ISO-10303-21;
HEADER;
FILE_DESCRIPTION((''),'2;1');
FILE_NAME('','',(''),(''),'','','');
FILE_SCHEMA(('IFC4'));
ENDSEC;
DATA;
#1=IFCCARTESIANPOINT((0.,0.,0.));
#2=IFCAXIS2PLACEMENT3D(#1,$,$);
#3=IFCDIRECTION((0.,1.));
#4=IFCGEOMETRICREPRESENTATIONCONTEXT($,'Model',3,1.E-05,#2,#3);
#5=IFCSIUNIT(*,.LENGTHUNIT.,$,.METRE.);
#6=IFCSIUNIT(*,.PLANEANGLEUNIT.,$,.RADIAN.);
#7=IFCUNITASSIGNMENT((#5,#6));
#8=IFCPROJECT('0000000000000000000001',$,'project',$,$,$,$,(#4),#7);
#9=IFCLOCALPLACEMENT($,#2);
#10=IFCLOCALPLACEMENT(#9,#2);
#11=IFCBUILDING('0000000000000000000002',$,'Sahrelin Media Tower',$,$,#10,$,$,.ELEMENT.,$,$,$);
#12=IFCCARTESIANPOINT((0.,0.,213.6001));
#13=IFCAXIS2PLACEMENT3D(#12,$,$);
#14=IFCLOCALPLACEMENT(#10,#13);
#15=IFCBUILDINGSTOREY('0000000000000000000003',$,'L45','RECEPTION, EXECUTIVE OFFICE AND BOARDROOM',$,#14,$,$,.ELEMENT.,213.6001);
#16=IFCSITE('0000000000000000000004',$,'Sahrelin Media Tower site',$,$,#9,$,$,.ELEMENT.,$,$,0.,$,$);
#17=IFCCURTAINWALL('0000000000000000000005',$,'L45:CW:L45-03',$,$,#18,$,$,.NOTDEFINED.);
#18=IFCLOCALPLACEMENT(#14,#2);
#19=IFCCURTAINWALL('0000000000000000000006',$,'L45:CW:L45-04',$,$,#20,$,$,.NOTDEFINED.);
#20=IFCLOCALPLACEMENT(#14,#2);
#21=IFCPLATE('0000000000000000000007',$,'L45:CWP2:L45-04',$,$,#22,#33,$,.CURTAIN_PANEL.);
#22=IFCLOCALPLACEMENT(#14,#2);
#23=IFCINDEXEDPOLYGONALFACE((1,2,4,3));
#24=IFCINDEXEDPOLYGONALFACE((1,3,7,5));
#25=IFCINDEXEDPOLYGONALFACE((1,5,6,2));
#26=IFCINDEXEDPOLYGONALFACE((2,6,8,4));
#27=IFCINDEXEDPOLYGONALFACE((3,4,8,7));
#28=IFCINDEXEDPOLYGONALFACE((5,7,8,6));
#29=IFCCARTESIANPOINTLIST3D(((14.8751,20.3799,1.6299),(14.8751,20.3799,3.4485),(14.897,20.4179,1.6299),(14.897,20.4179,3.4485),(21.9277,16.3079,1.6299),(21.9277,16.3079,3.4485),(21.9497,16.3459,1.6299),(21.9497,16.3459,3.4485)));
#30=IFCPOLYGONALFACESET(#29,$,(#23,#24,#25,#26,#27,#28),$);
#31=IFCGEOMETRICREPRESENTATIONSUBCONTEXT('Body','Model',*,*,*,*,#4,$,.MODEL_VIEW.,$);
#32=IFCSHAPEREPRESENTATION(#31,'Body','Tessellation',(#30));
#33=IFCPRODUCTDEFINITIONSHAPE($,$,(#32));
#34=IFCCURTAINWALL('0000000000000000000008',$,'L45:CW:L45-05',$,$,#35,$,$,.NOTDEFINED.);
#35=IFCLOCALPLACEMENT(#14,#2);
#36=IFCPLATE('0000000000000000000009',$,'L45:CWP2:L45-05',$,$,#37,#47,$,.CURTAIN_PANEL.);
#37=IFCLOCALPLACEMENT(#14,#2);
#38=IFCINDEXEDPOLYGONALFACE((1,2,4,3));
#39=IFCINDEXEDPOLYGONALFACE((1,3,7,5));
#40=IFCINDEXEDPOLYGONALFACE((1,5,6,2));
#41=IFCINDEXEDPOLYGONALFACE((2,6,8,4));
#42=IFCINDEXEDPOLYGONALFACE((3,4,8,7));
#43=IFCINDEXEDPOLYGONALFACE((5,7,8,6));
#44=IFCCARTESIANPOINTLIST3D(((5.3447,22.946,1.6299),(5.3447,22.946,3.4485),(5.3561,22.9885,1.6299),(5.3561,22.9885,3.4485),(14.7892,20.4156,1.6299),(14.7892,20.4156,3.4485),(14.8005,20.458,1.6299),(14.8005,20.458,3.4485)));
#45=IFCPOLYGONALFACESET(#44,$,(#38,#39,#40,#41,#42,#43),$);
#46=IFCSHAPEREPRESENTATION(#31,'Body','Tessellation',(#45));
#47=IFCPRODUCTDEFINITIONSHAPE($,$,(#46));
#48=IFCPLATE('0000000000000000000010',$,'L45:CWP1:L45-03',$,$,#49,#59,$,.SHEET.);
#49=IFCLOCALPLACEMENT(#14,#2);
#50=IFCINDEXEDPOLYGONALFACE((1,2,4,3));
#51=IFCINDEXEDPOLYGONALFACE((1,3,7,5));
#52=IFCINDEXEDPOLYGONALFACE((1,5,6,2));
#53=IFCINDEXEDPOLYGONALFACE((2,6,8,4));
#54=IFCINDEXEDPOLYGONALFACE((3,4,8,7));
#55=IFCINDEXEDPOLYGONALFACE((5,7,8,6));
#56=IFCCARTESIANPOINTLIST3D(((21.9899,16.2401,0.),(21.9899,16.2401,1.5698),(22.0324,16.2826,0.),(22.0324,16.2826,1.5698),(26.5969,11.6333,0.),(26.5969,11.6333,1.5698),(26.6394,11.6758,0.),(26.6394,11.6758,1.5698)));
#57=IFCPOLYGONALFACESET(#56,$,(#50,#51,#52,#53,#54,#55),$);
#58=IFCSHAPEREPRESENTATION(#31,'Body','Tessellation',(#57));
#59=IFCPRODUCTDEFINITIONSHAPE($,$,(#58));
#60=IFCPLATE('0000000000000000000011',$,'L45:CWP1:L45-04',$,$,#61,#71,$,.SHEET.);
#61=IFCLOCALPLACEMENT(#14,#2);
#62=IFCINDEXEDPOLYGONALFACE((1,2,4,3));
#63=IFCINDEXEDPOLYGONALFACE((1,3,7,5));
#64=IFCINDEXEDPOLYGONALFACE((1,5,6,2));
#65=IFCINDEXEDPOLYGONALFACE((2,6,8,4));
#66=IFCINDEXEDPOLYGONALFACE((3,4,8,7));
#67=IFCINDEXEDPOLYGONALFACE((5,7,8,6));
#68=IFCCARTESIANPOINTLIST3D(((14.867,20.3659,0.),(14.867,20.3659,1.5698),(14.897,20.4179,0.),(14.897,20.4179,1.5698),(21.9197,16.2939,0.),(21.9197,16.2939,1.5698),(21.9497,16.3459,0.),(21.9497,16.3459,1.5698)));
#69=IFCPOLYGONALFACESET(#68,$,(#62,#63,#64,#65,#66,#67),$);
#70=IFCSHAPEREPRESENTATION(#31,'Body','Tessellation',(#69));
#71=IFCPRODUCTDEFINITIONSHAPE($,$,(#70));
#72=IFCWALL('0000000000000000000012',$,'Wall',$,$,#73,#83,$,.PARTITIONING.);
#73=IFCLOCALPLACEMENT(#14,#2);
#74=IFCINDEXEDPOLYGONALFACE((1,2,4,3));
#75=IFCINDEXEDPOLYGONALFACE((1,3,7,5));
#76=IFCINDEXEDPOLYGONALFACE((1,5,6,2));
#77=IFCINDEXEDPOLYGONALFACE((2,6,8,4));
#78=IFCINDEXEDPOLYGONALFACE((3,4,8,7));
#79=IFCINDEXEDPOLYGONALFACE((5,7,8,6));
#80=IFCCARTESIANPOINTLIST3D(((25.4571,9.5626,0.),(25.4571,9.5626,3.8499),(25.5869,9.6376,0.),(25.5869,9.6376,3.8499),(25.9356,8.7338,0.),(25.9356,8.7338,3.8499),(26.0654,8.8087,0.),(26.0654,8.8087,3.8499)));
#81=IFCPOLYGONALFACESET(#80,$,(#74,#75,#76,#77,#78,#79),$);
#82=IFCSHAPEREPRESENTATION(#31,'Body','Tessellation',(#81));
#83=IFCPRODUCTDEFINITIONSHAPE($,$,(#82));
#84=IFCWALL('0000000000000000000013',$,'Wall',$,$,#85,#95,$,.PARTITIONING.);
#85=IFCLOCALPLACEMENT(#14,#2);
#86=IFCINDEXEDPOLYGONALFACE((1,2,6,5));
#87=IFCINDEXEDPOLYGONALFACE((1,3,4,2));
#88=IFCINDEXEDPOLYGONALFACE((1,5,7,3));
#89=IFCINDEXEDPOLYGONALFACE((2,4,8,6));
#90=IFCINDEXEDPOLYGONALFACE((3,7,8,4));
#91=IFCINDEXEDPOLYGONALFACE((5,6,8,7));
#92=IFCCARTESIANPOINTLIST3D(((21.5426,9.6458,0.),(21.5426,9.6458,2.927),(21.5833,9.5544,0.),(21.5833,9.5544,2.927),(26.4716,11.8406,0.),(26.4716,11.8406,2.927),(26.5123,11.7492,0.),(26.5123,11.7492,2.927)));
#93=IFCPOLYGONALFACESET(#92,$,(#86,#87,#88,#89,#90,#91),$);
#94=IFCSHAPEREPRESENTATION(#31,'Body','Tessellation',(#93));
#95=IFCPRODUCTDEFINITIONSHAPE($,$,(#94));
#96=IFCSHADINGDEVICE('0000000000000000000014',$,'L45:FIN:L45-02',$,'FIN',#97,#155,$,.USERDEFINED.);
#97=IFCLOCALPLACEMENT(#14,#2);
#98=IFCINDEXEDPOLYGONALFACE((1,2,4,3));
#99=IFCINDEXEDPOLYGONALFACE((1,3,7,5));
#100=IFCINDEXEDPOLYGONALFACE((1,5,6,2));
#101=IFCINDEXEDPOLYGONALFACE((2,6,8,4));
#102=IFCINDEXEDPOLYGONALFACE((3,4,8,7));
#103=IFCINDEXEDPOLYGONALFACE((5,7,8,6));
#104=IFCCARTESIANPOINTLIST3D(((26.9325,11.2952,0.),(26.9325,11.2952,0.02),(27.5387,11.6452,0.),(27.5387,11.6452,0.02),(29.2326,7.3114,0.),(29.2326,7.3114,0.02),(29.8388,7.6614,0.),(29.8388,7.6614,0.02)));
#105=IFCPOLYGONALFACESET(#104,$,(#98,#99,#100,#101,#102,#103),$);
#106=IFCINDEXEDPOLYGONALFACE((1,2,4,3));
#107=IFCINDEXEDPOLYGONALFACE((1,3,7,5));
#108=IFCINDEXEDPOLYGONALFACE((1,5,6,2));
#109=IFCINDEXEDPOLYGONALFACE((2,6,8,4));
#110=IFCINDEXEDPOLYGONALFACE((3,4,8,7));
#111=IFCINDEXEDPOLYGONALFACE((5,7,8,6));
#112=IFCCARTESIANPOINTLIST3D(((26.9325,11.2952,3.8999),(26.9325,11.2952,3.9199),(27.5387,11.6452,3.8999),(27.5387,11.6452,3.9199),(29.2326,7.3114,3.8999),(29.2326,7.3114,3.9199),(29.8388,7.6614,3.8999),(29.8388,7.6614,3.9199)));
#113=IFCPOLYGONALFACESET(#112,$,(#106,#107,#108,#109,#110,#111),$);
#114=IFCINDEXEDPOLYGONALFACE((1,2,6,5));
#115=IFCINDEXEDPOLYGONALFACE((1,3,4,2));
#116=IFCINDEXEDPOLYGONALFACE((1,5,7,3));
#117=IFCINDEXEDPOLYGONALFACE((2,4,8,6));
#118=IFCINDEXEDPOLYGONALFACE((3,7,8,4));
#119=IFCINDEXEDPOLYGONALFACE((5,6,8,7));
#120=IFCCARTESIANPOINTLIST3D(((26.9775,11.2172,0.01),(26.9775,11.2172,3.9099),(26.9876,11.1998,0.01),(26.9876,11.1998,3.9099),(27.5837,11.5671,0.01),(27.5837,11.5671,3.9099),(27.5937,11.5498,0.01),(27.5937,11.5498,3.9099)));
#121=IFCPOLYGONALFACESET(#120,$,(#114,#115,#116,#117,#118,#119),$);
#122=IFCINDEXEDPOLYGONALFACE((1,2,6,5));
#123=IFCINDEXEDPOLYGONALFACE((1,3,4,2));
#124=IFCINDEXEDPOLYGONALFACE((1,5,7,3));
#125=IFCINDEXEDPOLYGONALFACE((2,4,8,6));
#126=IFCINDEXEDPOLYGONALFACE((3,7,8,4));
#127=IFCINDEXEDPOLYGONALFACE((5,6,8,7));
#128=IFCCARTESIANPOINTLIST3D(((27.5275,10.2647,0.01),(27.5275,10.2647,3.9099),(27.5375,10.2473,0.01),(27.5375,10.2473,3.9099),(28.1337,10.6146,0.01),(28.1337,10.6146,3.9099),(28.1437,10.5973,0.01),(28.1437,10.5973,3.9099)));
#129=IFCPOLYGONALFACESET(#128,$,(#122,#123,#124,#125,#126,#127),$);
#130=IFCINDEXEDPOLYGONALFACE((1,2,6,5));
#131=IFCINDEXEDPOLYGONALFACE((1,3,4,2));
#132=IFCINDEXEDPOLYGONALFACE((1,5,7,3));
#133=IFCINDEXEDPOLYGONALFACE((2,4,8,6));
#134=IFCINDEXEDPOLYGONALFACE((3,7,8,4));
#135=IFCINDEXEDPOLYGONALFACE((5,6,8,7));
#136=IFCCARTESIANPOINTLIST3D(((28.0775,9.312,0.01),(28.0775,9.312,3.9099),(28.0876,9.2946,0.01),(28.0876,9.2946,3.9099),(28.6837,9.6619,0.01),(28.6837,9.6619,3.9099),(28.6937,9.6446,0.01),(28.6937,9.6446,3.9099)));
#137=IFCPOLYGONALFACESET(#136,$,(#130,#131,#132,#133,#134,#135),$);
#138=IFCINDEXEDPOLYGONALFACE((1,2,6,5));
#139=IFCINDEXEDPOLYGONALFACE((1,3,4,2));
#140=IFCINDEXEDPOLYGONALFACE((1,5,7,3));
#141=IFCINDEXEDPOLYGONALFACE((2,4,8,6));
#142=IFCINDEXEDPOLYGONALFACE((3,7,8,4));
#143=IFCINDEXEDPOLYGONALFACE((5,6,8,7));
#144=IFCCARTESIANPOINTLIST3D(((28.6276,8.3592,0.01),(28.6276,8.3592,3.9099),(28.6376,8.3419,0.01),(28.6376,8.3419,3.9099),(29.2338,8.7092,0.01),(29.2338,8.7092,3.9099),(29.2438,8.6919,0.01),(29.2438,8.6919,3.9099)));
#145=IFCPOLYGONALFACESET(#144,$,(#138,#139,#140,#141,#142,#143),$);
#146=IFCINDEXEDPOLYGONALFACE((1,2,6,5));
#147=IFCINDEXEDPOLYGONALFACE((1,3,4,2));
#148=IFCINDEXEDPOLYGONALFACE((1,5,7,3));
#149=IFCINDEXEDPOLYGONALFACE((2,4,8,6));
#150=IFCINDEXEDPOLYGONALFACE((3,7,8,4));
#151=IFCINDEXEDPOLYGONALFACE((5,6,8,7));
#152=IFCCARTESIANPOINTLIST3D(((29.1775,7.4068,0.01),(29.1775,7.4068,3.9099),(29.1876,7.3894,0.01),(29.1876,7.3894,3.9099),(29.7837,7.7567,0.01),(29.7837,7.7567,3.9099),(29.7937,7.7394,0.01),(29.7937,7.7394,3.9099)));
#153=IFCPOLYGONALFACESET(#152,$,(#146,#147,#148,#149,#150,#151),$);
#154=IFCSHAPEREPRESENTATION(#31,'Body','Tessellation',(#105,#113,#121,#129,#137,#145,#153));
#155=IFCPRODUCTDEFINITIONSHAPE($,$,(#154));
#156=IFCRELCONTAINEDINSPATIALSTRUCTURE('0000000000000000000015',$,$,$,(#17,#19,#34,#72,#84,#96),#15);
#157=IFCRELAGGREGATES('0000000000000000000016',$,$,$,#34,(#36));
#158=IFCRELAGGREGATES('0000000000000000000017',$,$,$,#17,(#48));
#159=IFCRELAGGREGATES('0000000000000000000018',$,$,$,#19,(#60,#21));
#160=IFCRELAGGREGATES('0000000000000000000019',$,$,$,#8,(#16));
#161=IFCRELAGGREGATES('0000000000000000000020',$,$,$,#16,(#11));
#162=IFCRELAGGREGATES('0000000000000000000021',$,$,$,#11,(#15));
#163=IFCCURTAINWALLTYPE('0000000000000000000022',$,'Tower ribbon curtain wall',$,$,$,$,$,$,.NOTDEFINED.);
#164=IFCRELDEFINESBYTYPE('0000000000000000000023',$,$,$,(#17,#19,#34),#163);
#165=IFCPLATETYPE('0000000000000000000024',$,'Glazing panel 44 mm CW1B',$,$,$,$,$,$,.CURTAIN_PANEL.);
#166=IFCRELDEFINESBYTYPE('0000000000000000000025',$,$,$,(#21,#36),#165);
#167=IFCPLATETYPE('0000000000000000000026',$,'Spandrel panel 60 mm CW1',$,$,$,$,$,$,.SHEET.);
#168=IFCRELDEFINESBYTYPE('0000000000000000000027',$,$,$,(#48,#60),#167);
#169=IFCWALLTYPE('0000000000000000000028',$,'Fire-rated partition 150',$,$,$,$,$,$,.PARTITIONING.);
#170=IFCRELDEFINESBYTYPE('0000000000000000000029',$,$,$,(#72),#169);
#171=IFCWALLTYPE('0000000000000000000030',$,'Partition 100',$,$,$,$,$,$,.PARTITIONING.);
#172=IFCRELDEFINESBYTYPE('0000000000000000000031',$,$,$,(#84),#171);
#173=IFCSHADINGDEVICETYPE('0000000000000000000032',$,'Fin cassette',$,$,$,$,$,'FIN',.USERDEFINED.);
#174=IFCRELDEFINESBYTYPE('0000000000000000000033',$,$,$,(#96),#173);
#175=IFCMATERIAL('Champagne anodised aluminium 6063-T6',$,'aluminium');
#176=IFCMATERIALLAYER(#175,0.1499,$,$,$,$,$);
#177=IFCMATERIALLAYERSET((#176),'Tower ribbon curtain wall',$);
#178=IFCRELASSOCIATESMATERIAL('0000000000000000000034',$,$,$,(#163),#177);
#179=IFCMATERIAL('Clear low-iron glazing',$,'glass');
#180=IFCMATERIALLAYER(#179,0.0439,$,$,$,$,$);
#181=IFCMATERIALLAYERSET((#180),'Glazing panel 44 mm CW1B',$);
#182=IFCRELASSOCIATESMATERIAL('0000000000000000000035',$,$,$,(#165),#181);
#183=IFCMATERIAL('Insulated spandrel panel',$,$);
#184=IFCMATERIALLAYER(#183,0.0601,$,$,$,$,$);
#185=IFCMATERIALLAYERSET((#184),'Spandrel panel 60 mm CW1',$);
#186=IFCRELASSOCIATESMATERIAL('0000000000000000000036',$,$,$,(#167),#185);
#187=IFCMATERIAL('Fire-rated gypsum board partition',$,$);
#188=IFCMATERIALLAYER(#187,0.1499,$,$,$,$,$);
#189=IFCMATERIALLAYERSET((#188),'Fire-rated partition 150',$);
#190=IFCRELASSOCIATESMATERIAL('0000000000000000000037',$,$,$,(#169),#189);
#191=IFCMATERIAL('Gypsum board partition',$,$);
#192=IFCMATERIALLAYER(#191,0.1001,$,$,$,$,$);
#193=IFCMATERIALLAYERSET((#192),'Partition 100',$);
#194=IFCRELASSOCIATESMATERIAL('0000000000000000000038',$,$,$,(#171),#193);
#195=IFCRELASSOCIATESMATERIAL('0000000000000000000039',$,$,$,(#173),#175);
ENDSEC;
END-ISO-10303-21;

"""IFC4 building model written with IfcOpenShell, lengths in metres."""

from ifc_helpers import new_model, si_unit, direction, frame, frame_2d, origin, origin_2d, place, context, subcontext, project, spatial, polyline, rectangle, outline, extrude, material, layer, layer_set, type_object, element, aggregate, save


model = new_model("IFC4")

# Units and contexts
model_context = context("Model", 3, precision=1e-05, world=origin(), true_north=direction((0.0, 1.0)))
body_context = subcontext(model_context, "Body", "Model", "MODEL_VIEW")
ifc_project = project(units=[si_unit("LENGTHUNIT", "METRE"), si_unit("PLANEANGLEUNIT", "RADIAN")], contexts=[model_context])

# Site, building, storey
site_placement = place(None, origin())
site = spatial("IfcSite", under=ifc_project, at=site_placement, Name="Sahrelin Media Tower site", CompositionType="ELEMENT", RefElevation=0.0)
building_placement = place(site_placement, origin())
building = spatial("IfcBuilding", under=site, at=building_placement, Name="Sahrelin Media Tower", CompositionType="ELEMENT")
storey_placement = place(building_placement, frame((0.0, 0.0, 213.6001)))
storey = spatial("IfcBuildingStorey", under=building, at=storey_placement, Name="L45", Description="RECEPTION, EXECUTIVE OFFICE AND BOARDROOM", CompositionType="ELEMENT", Elevation=213.6001)

# Curtain walls
ifc_material_1 = material(Name="Champagne anodised aluminium 6063-T6", Category="aluminium")
ifc_layer_1 = layer(ifc_material_1, 0.1499)
ifc_layer_set_1 = layer_set([ifc_layer_1], Name="Tower ribbon curtain wall")
curtain_wall_type = type_object("IfcCurtainWallType", Name="Tower ribbon curtain wall", PredefinedType="NOTDEFINED", material=ifc_layer_set_1)
curtain_wall_1_placement = place(storey_placement, frame((24.3218, 13.9648, 0.0), z_axis=(0.0, 0.0, 1.0), x_axis=(1.0, 0.0, 0.0)))
curtain_wall_1 = element("IfcCurtainWall", 1, at=curtain_wall_1_placement, inside=storey, type_object=curtain_wall_type, Name="L45:CW:L45-03", PredefinedType="NOTDEFINED")
curtain_wall_2_placement = place(storey_placement, frame((18.4133, 18.3645, 0.0), z_axis=(0.0, 0.0, 1.0), x_axis=(1.0, 0.0, 0.0)))
curtain_wall_2 = element("IfcCurtainWall", 2, at=curtain_wall_2_placement, inside=storey, type_object=curtain_wall_type, Name="L45:CW:L45-04", PredefinedType="NOTDEFINED")

# Plate
ifc_material_2 = material(Name="Clear low-iron glazing", Category="glass")
ifc_layer_2 = layer(ifc_material_2, 0.0439)
ifc_layer_set_2 = layer_set([ifc_layer_2], Name="Glazing panel 44 mm CW1B")
plate_type_1 = type_object("IfcPlateType", Name="Glazing panel 44 mm CW1B", PredefinedType="CURTAIN_PANEL", material=ifc_layer_set_2)
plate_1_placement = place(storey_placement, frame((21.9497, 16.3459, 1.6299), z_axis=(0.500011, 0.866019, 0.0), x_axis=(-0.866019, 0.500011, 0.0)))
plate_1 = element("IfcPlate", 3, at=plate_1_placement, type_object=plate_type_1, Name="L45:CWP2:L45-04", PredefinedType="CURTAIN_PANEL", context=body_context, shape_type="SweptSolid", body=[
    extrude(outline(polyline([(0.0, 0.0), (8.1438, 0.0), (8.1438, 1.8186), (0.0, 1.8186), (0.0, 0.0)])), origin(), (0.0, 0.0, -1.0), 0.0439),
])

# Curtain wall, plate
curtain_wall_3_placement = place(storey_placement, frame((10.073, 21.7039, 0.0), z_axis=(0.0, 0.0, 1.0), x_axis=(1.0, 0.0, 0.0)))
curtain_wall_3 = element("IfcCurtainWall", 4, at=curtain_wall_3_placement, inside=storey, type_object=curtain_wall_type, Name="L45:CW:L45-05", PredefinedType="NOTDEFINED")
plate_2_placement = place(storey_placement, frame((14.8005, 20.458, 1.6299), z_axis=(0.258805, 0.96593, 0.0), x_axis=(-0.96593, 0.258805, 0.0)))
plate_2 = element("IfcPlate", 5, at=plate_2_placement, type_object=plate_type_1, Name="L45:CWP2:L45-05", PredefinedType="CURTAIN_PANEL", context=body_context, shape_type="SweptSolid", body=[
    extrude(outline(polyline([(0.0, 0.0), (9.7776, 0.0), (9.7776, 1.8186), (0.0, 1.8186), (0.0, 0.0)])), origin(), (0.0, 0.0, -1.0), 0.0439),
])
aggregate(curtain_wall_3, [plate_2])

# Plates
ifc_material_3 = material(Name="Insulated spandrel panel")
ifc_layer_3 = layer(ifc_material_3, 0.0601)
ifc_layer_set_3 = layer_set([ifc_layer_3], Name="Spandrel panel 60 mm CW1")
plate_type_2 = type_object("IfcPlateType", Name="Spandrel panel 60 mm CW1", PredefinedType="SHEET", material=ifc_layer_set_3)
plate_3_placement = place(storey_placement, frame((26.6394, 11.6758, 0.0), z_axis=(0.707088, 0.707126, 0.0), x_axis=(-0.707126, 0.707088, 0.0)))
plate_3 = element("IfcPlate", 6, at=plate_3_placement, type_object=plate_type_2, Name="L45:CWP1:L45-03", PredefinedType="SHEET", context=body_context, shape_type="SweptSolid", body=[
    extrude(outline(polyline([(0.0, 0.0), (6.5151, 0.0), (6.5151, 1.5698), (0.0, 1.5698), (0.0, 0.0)])), origin(), (0.0, 0.0, -1.0), 0.0601),
])
aggregate(curtain_wall_1, [plate_3])
plate_4_placement = place(storey_placement, frame((21.9497, 16.3459, 0.0), z_axis=(0.500011, 0.866019, 0.0), x_axis=(-0.866019, 0.500011, 0.0)))
plate_4 = element("IfcPlate", 7, at=plate_4_placement, type_object=plate_type_2, Name="L45:CWP1:L45-04", PredefinedType="SHEET", context=body_context, shape_type="SweptSolid", body=[
    extrude(outline(polyline([(0.0, 0.0), (8.1438, 0.0), (8.1438, 1.5698), (0.0, 1.5698), (0.0, 0.0)])), origin(), (0.0, 0.0, -1.0), 0.0601),
])
aggregate(curtain_wall_2, [plate_4, plate_1])

# Walls
ifc_material_4 = material(Name="Fire-rated gypsum board partition")
ifc_layer_4 = layer(ifc_material_4, 0.1499)
ifc_layer_set_4 = layer_set([ifc_layer_4], Name="Fire-rated partition 150")
wall_type_1 = type_object("IfcWallType", Name="Fire-rated partition 150", PredefinedType="PARTITIONING", material=ifc_layer_set_4)
wall_1_placement = place(storey_placement, frame((25.522, 9.6001, 0.0), z_axis=(0.0, 0.0, 1.0), x_axis=(0.49998, -0.866037, 0.0)))
element("IfcWall", 8, at=wall_1_placement, inside=storey, type_object=wall_type_1, Name="Wall", PredefinedType="PARTITIONING", context=body_context, shape_type="SweptSolid", body=[
    extrude(rectangle(XDim=0.957, YDim=0.1499, at=frame_2d((0.4785, 0.0))), origin(), (0.0, 0.0, 1.0), 3.8499),
])
ifc_material_5 = material(Name="Gypsum board partition")
ifc_layer_5 = layer(ifc_material_5, 0.1001)
ifc_layer_set_5 = layer_set([ifc_layer_5], Name="Partition 100")
wall_type_2 = type_object("IfcWallType", Name="Partition 100", PredefinedType="PARTITIONING", material=ifc_layer_set_5)
wall_2_placement = place(storey_placement, frame((21.563, 9.6001, 0.0), z_axis=(0.0, 0.0, 1.0), x_axis=(0.913524, 0.406785, 0.0)))
element("IfcWall", 9, at=wall_2_placement, inside=storey, type_object=wall_type_2, Name="Wall", PredefinedType="PARTITIONING", context=body_context, shape_type="SweptSolid", body=[
    extrude(rectangle(XDim=5.3955, YDim=0.1001, at=frame_2d((2.6978, 0.0))), origin(), (0.0, 0.0, 1.0), 2.927),
])

# Shading device
shading_device_type_1 = type_object("IfcShadingDeviceType", Name="Fin cassette", ElementType="FIN", PredefinedType="USERDEFINED", material=ifc_material_1)
placement_1 = place(storey_placement, frame((28.022, 9.2683, 0.0), z_axis=(0.0, 0.0, 1.0), x_axis=(0.500011, -0.866019, 0.0)))
element("IfcShadingDevice", 10, at=placement_1, inside=storey, type_object=shading_device_type_1, Name="L45:FIN:L45-02", ObjectType="FIN", PredefinedType="USERDEFINED", context=body_context, shape_type="SweptSolid", body=[
    extrude(rectangle(XDim=4.6001, YDim=0.7, at=origin_2d()), frame((0.0, 0.4199, 0.0)), (0.0, 0.0, 1.0), 0.02),
    extrude(rectangle(XDim=4.6001, YDim=0.7, at=origin_2d()), frame((0.0, 0.4199, 3.8999)), (0.0, 0.0, 1.0), 0.02),
    extrude(rectangle(XDim=0.02, YDim=0.7, at=origin_2d()), frame((-2.2, 0.4199, 0.01), z_axis=(0.0, 0.0, 1.0), x_axis=(1.0, 0.0, 0.0)), (0.0, 0.0, 1.0), 3.8999),
    extrude(rectangle(XDim=0.02, YDim=0.7, at=origin_2d()), frame((-1.1001, 0.4199, 0.01), z_axis=(0.0, 0.0, 1.0), x_axis=(1.0, 0.0, 0.0)), (0.0, 0.0, 1.0), 3.8999),
    extrude(rectangle(XDim=0.02, YDim=0.7, at=origin_2d()), frame((0.0, 0.4199, 0.01), z_axis=(0.0, 0.0, 1.0), x_axis=(1.0, 0.0, 0.0)), (0.0, 0.0, 1.0), 3.8999),
    extrude(rectangle(XDim=0.02, YDim=0.7, at=origin_2d()), frame((1.1001, 0.4199, 0.01), z_axis=(0.0, 0.0, 1.0), x_axis=(1.0, 0.0, 0.0)), (0.0, 0.0, 1.0), 3.8999),
    extrude(rectangle(XDim=0.02, YDim=0.7, at=origin_2d()), frame((2.2, 0.4199, 0.01), z_axis=(0.0, 0.0, 1.0), x_axis=(1.0, 0.0, 0.0)), (0.0, 0.0, 1.0), 3.8999),
])

save(model, "model.ifc")
